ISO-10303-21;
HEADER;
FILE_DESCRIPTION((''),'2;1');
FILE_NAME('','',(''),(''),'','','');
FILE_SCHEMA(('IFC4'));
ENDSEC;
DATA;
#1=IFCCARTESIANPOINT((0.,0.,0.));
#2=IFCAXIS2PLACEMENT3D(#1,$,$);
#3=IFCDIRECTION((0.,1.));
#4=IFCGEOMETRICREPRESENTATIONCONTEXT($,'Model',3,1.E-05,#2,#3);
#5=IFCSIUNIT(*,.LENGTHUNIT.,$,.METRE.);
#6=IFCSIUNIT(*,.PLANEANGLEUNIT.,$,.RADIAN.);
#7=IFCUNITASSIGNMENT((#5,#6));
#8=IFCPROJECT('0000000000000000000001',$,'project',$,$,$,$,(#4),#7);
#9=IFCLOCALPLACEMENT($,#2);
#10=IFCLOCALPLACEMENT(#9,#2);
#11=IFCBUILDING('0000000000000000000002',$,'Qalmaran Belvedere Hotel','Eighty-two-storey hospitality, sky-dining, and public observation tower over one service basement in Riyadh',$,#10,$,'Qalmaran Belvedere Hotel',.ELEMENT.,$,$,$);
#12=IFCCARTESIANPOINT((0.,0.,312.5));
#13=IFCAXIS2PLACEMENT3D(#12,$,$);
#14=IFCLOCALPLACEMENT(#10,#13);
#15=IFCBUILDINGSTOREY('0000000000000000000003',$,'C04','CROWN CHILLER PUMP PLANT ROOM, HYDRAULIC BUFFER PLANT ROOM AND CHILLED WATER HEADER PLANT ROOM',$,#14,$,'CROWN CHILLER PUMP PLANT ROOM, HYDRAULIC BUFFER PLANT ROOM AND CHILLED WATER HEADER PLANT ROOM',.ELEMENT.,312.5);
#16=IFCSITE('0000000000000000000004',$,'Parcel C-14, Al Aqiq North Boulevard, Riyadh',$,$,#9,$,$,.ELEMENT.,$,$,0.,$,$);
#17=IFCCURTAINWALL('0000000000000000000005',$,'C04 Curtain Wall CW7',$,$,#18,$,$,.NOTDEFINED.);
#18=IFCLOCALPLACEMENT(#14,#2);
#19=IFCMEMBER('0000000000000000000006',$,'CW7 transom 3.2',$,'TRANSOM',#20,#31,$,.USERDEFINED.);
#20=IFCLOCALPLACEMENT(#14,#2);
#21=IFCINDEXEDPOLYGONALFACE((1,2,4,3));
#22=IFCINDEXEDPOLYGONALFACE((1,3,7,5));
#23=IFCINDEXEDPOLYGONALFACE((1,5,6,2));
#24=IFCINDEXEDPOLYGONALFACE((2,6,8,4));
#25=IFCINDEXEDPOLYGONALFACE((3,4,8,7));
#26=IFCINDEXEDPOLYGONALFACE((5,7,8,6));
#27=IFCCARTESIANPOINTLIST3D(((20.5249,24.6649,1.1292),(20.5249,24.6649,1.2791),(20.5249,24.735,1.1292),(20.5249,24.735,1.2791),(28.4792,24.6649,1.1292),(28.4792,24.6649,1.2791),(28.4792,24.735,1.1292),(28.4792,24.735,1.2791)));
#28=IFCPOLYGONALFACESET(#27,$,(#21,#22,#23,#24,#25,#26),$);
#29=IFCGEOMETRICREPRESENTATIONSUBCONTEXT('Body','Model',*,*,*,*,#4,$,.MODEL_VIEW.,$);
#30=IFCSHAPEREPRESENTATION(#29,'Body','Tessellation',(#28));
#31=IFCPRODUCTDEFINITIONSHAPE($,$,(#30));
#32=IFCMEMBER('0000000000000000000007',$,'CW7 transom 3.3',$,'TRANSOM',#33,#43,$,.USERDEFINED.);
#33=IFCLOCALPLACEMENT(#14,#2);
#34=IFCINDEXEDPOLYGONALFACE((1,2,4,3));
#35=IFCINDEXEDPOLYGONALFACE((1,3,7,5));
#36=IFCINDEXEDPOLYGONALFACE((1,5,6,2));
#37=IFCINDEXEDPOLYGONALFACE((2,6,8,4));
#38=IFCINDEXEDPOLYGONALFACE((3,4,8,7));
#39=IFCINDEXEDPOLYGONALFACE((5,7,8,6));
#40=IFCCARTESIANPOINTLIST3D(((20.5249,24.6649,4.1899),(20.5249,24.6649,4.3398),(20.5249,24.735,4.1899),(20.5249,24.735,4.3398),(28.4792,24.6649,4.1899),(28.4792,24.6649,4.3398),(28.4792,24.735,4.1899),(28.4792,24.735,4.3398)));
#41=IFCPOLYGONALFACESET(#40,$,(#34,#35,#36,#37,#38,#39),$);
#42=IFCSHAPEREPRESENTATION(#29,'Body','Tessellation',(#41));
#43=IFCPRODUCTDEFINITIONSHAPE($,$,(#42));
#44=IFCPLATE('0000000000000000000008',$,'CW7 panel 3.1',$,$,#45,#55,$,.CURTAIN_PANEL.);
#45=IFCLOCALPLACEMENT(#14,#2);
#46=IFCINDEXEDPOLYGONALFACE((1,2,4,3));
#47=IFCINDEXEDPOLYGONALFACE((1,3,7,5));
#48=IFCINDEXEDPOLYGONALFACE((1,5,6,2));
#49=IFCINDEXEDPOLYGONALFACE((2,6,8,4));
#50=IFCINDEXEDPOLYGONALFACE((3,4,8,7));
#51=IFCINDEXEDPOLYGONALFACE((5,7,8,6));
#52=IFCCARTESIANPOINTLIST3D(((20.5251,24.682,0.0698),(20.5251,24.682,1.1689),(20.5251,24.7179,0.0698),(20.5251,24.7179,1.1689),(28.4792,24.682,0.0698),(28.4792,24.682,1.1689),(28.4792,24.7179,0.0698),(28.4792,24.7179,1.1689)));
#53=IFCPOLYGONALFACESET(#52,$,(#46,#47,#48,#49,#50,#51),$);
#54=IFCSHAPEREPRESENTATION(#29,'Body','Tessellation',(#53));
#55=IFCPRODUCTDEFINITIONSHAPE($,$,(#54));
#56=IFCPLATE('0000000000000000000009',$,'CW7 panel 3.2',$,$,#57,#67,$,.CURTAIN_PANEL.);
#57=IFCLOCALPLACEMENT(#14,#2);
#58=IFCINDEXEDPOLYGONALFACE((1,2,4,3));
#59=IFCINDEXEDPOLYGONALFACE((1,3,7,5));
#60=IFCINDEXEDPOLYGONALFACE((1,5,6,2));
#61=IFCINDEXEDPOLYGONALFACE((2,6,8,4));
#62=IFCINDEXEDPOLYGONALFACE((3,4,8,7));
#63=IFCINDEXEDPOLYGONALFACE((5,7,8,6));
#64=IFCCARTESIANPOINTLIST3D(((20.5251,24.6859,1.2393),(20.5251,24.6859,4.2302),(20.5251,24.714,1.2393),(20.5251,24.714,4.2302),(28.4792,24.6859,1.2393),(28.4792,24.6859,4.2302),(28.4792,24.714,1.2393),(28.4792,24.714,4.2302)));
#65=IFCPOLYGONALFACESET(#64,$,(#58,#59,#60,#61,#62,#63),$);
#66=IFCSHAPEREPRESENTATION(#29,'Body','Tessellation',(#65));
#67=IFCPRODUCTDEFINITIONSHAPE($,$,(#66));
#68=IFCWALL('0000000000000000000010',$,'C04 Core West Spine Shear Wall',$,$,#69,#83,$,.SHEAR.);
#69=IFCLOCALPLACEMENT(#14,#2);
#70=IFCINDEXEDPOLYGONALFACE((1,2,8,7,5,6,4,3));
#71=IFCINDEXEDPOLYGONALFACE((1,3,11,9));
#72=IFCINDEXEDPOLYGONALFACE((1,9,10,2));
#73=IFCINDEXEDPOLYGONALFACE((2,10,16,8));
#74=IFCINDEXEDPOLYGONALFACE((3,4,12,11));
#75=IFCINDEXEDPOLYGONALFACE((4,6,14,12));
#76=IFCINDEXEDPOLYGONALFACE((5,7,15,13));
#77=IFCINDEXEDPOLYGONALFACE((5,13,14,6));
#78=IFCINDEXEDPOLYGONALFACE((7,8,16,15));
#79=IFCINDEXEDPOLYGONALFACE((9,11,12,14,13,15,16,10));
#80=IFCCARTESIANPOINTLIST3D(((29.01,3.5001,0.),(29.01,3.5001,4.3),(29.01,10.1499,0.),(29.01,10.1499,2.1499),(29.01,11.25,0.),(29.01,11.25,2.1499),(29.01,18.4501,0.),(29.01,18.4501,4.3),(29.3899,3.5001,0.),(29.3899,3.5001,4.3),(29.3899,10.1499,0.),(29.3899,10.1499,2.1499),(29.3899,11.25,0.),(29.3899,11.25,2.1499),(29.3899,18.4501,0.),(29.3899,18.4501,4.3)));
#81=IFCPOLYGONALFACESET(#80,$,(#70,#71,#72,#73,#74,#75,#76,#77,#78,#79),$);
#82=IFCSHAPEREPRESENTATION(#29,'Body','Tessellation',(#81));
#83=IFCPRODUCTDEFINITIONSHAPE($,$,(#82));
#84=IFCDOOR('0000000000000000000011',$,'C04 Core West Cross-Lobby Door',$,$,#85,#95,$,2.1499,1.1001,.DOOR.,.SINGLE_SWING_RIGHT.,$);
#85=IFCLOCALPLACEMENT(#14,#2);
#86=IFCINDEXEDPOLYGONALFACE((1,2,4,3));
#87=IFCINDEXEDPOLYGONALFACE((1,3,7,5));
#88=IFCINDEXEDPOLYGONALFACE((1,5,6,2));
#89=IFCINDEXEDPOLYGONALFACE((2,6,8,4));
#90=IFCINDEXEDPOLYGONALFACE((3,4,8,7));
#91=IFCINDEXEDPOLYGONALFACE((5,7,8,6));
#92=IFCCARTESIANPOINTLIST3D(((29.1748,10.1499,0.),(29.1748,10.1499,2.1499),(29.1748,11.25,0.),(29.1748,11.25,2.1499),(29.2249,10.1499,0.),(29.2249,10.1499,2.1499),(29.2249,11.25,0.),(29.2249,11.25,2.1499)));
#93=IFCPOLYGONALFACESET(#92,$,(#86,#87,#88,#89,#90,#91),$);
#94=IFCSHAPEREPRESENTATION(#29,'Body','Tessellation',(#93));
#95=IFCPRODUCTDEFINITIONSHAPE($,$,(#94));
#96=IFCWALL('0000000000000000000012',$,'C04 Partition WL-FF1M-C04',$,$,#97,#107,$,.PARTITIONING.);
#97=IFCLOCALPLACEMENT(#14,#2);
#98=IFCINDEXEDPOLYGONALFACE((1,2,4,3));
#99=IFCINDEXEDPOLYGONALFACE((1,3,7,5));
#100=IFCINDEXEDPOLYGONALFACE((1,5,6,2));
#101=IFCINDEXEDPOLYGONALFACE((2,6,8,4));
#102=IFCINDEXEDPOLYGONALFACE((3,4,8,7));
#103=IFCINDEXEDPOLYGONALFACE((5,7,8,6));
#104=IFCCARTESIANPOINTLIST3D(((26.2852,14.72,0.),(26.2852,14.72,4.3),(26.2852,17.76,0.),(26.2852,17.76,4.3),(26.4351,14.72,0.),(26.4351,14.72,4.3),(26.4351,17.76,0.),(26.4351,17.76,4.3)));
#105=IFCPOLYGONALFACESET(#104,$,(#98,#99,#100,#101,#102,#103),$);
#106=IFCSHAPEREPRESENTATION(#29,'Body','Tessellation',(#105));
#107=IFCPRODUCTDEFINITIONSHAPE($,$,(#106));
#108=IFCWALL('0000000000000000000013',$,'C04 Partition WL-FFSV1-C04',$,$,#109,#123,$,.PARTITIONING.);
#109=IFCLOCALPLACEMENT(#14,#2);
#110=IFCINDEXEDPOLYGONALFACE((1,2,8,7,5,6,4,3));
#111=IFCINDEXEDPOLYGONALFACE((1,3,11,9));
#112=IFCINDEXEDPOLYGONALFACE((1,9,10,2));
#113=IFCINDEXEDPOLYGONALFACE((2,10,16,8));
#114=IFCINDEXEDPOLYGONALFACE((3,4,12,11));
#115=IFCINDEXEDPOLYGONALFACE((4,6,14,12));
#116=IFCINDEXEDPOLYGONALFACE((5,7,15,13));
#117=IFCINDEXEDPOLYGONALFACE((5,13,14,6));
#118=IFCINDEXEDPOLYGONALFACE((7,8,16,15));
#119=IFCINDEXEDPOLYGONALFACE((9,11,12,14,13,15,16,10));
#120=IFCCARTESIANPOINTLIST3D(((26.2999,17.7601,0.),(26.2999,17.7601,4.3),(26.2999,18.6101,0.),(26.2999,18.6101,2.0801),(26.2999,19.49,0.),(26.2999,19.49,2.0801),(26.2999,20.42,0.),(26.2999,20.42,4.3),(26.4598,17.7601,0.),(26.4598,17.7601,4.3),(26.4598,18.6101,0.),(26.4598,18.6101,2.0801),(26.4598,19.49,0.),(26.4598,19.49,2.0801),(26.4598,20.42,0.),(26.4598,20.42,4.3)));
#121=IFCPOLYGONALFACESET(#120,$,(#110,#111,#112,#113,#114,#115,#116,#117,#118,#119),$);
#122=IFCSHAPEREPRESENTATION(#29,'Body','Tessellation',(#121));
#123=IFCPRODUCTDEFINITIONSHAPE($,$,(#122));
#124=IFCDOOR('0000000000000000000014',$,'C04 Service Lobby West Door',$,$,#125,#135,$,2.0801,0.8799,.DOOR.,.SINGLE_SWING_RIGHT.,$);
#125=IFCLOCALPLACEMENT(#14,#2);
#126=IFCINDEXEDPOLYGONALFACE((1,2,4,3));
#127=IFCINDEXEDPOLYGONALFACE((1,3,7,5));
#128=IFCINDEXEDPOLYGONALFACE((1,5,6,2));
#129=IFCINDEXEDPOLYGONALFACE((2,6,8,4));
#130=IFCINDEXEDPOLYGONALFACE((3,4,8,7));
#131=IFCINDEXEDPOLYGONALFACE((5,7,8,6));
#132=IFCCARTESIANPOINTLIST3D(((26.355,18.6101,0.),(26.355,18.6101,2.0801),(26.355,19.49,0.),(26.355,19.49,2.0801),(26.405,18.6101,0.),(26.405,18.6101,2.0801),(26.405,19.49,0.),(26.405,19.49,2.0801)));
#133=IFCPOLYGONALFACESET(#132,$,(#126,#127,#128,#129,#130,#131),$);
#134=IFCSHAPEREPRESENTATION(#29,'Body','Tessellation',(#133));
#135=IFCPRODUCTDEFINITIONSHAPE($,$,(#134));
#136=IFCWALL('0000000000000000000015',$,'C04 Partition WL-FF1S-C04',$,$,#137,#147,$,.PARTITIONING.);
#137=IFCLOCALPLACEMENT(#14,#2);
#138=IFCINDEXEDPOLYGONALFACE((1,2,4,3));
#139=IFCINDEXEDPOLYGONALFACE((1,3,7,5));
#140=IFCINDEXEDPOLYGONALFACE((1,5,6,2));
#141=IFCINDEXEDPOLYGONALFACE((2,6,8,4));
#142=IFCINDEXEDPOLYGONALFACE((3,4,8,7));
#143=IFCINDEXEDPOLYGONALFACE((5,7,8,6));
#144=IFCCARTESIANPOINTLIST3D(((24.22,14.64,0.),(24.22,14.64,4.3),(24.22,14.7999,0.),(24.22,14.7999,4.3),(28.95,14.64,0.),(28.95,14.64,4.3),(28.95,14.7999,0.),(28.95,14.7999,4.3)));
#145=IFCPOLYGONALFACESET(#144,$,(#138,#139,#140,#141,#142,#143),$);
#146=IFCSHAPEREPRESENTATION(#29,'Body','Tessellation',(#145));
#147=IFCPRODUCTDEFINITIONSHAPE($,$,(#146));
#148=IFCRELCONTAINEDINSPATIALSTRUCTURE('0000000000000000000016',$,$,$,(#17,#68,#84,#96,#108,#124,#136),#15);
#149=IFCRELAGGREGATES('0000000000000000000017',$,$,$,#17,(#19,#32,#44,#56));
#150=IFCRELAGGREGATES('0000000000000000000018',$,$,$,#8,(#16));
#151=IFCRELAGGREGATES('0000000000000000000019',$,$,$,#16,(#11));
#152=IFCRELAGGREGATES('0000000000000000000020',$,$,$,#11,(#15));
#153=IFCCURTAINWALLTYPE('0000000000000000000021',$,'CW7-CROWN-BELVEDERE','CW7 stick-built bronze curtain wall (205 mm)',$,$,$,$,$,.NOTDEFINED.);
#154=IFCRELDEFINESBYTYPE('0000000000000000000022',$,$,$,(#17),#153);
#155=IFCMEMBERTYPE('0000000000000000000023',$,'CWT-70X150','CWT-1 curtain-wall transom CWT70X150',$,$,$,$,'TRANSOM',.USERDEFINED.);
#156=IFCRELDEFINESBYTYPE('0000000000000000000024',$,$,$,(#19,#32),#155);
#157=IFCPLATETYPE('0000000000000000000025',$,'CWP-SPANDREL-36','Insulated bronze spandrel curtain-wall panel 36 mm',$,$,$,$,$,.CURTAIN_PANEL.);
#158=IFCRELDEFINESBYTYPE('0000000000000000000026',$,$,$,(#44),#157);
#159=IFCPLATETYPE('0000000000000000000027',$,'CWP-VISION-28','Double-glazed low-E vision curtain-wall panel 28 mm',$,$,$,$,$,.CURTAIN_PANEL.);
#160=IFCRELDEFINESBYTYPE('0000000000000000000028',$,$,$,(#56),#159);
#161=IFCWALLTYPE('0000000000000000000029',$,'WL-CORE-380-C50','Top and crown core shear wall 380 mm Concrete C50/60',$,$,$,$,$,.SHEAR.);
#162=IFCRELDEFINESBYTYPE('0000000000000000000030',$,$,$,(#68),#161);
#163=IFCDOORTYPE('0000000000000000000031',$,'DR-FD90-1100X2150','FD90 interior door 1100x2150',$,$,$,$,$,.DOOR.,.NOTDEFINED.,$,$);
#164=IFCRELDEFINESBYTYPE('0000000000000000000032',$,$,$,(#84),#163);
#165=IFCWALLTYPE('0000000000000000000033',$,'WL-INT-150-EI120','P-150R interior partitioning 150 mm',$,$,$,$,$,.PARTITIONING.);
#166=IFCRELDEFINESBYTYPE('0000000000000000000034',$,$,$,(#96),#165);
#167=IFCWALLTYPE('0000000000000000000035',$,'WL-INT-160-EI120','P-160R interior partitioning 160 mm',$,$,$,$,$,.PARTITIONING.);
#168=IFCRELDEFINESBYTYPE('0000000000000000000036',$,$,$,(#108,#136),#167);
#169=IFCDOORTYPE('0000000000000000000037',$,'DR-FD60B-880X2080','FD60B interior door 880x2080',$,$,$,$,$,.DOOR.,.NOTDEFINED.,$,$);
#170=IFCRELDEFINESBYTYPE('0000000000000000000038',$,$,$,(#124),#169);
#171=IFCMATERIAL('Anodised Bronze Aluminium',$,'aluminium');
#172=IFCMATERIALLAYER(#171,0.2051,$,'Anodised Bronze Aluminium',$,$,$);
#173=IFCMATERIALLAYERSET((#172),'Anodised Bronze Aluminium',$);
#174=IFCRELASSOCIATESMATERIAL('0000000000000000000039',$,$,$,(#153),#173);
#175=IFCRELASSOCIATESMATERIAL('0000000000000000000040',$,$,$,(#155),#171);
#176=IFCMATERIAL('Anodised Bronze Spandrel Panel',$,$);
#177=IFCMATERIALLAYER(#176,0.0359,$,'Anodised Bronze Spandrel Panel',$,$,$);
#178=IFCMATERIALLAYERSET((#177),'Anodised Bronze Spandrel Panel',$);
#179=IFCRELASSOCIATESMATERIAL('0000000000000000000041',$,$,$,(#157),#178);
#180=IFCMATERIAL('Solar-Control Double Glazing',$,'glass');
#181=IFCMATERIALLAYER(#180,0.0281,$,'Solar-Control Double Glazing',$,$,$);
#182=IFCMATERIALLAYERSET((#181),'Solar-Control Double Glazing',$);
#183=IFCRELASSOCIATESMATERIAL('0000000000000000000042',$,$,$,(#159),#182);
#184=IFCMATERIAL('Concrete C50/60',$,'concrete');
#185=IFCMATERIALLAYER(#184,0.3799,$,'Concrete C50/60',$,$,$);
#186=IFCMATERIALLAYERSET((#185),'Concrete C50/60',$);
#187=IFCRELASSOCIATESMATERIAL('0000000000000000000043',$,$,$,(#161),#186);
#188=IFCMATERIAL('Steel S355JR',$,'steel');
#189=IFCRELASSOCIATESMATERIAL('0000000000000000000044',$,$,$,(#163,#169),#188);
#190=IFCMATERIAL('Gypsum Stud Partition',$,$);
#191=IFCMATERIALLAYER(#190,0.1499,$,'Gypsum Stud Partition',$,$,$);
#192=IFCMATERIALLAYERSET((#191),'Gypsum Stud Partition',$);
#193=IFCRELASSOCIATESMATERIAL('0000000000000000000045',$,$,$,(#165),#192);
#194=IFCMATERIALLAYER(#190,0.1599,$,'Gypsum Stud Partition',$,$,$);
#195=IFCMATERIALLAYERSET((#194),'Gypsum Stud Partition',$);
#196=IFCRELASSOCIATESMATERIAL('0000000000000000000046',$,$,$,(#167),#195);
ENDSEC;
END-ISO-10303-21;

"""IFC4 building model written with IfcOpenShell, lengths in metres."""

from ifc_helpers import new_model, si_unit, direction, frame, frame_2d, origin, origin_2d, place, context, subcontext, project, spatial, rectangle, extrude, material, layer, layer_set, material_profile, profile_set, type_object, element, fill, aggregate, save


model = new_model("IFC4")

# Units and contexts
model_context = context("Model", 3, precision=1e-05, world=origin(), true_north=direction((0.0, 1.0)))
body_context = subcontext(model_context, "Body", "Model", "MODEL_VIEW")
ifc_project = project(units=[si_unit("LENGTHUNIT", "METRE"), si_unit("PLANEANGLEUNIT", "RADIAN")], contexts=[model_context])

# Site, building, storey
site_placement = place(None, origin())
site = spatial("IfcSite", under=ifc_project, at=site_placement, Name="Parcel C-14, Al Aqiq North Boulevard, Riyadh", CompositionType="ELEMENT", RefElevation=0.0)
building_placement = place(site_placement, origin())
building = spatial("IfcBuilding", under=site, at=building_placement, Name="Qalmaran Belvedere Hotel", Description="Eighty-two-storey hospitality, sky-dining, and public observation tower over one service basement in Riyadh", LongName="Qalmaran Belvedere Hotel", CompositionType="ELEMENT")
storey_placement = place(building_placement, frame((0.0, 0.0, 312.5)))
storey = spatial("IfcBuildingStorey", under=building, at=storey_placement, Name="C04", Description="CROWN CHILLER PUMP PLANT ROOM, HYDRAULIC BUFFER PLANT ROOM AND CHILLED WATER HEADER PLANT ROOM", LongName="CROWN CHILLER PUMP PLANT ROOM, HYDRAULIC BUFFER PLANT ROOM AND CHILLED WATER HEADER PLANT ROOM", CompositionType="ELEMENT", Elevation=312.5)

# Shared definitions
ifc_material_1 = material(Name="Concrete C50/60", Category="concrete")

# Shared definitions
ifc_material_2 = material(Name="Steel S355JR", Category="steel")

# Curtain wall, members, plates
ifc_material_3 = material(Name="Anodised Bronze Aluminium", Category="aluminium")
ifc_layer_1 = layer(ifc_material_3, 0.2051, Name="Anodised Bronze Aluminium")
ifc_layer_set_1 = layer_set([ifc_layer_1], Name="Anodised Bronze Aluminium")
curtain_wall_type = type_object("IfcCurtainWallType", Name="CW7-CROWN-BELVEDERE", Description="CW7 stick-built bronze curtain wall (205 mm)", PredefinedType="NOTDEFINED", material=ifc_layer_set_1)
curtain_wall_placement = place(storey_placement, origin())
curtain_wall = element("IfcCurtainWall", 1, at=curtain_wall_placement, inside=storey, type_object=curtain_wall_type, Name="C04 Curtain Wall CW7", PredefinedType="NOTDEFINED")
ifc_material_profile_1 = material_profile(ifc_material_3, rectangle(XDim=0.0701, YDim=0.1499, at=origin_2d()), Name="CWT70X150")
ifc_profile_set_1 = profile_set([ifc_material_profile_1], Name="Anodised Bronze Aluminium")
member_type_1 = type_object("IfcMemberType", Name="CWT-70X150", Description="CWT-1 curtain-wall transom CWT70X150", ElementType="TRANSOM", PredefinedType="USERDEFINED", material=ifc_profile_set_1)
member_1_placement = place(storey_placement, frame((28.4792, 24.7, 1.2041), z_axis=(-1.0, 0.0, 0.0), x_axis=(0.0, -1.0, 0.0)))
member_1 = element("IfcMember", 2, at=member_1_placement, type_object=member_type_1, Name="CW7 transom 3.2", ObjectType="TRANSOM", PredefinedType="USERDEFINED", context=body_context, shape_type="SweptSolid", body=[
    extrude(rectangle(XDim=0.0701, YDim=0.1499, at=origin_2d()), origin(), (0.0, 0.0, 1.0), 7.9543),
])
member_2_placement = place(storey_placement, frame((28.4792, 24.7, 4.2649), z_axis=(-1.0, 0.0, 0.0), x_axis=(0.0, -1.0, 0.0)))
member_2 = element("IfcMember", 3, at=member_2_placement, type_object=member_type_1, Name="CW7 transom 3.3", ObjectType="TRANSOM", PredefinedType="USERDEFINED", context=body_context, shape_type="SweptSolid", body=[
    extrude(rectangle(XDim=0.0701, YDim=0.1499, at=origin_2d()), origin(), (0.0, 0.0, 1.0), 7.9543),
])
ifc_material_4 = material(Name="Anodised Bronze Spandrel Panel")
ifc_layer_2 = layer(ifc_material_4, 0.0359, Name="Anodised Bronze Spandrel Panel")
ifc_layer_set_2 = layer_set([ifc_layer_2], Name="Anodised Bronze Spandrel Panel")
plate_type_1 = type_object("IfcPlateType", Name="CWP-SPANDREL-36", Description="Insulated bronze spandrel curtain-wall panel 36 mm", PredefinedType="CURTAIN_PANEL", material=ifc_layer_set_2)
plate_1_placement = place(storey_placement, frame((24.5022, 24.7, 0.0698), z_axis=(0.0, 0.0, 1.0), x_axis=(-1.0, 0.0, 0.0)))
plate_1 = element("IfcPlate", 4, at=plate_1_placement, type_object=plate_type_1, Name="CW7 panel 3.1", PredefinedType="CURTAIN_PANEL", context=body_context, shape_type="SweptSolid", body=[
    extrude(rectangle(XDim=7.9541, YDim=0.0359, at=origin_2d()), origin(), (0.0, 0.0, 1.0), 1.0991),
])
ifc_material_5 = material(Name="Solar-Control Double Glazing", Category="glass")
ifc_layer_3 = layer(ifc_material_5, 0.0281, Name="Solar-Control Double Glazing")
ifc_layer_set_3 = layer_set([ifc_layer_3], Name="Solar-Control Double Glazing")
plate_type_2 = type_object("IfcPlateType", Name="CWP-VISION-28", Description="Double-glazed low-E vision curtain-wall panel 28 mm", PredefinedType="CURTAIN_PANEL", material=ifc_layer_set_3)
plate_2_placement = place(storey_placement, frame((24.5022, 24.7, 1.2393), z_axis=(0.0, 0.0, 1.0), x_axis=(-1.0, 0.0, 0.0)))
plate_2 = element("IfcPlate", 5, at=plate_2_placement, type_object=plate_type_2, Name="CW7 panel 3.2", PredefinedType="CURTAIN_PANEL", context=body_context, shape_type="SweptSolid", body=[
    extrude(rectangle(XDim=7.9541, YDim=0.0281, at=origin_2d()), origin(), (0.0, 0.0, 1.0), 2.991),
])
aggregate(curtain_wall, [member_1, member_2, plate_1, plate_2])

# Wall, opening, door
ifc_layer_4 = layer(ifc_material_1, 0.3799, Name="Concrete C50/60")
ifc_layer_set_4 = layer_set([ifc_layer_4], Name="Concrete C50/60")
wall_type_1 = type_object("IfcWallType", Name="WL-CORE-380-C50", Description="Top and crown core shear wall 380 mm Concrete C50/60", PredefinedType="SHEAR", material=ifc_layer_set_4)
wall_1_placement = place(storey_placement, frame((29.2, 3.5, 0.0), z_axis=(0.0, 0.0, 1.0), x_axis=(0.0, 1.0, 0.0)))
wall_1 = element("IfcWall", 6, at=wall_1_placement, inside=storey, type_object=wall_type_1, Name="C04 Core West Spine Shear Wall", PredefinedType="SHEAR", context=body_context, shape_type="SweptSolid", body=[
    extrude(rectangle(XDim=14.95, YDim=0.3799, at=frame_2d((7.4751, 0.0))), origin(), (0.0, 0.0, 1.0), 4.3),
])
opening_1_placement = place(wall_1_placement, frame((7.75, 0.0, 0.0), z_axis=(0.0, 0.0, 1.0), x_axis=(-1.0, 0.0, 0.0)))
opening_1 = element("IfcOpeningElement", 7, at=opening_1_placement, cuts=wall_1, PredefinedType="OPENING", context=body_context, shape_type="SweptSolid", body=[
    extrude(rectangle(XDim=1.1001, YDim=2.1499, at=frame_2d((0.55, 1.075))), frame((0.0, 0.2, 0.0), z_axis=(0.0, -1.0, 0.0), x_axis=(1.0, 0.0, 0.0)), (0.0, 0.0, 1.0), 0.3999),
])
door_type_1 = type_object("IfcDoorType", Name="DR-FD90-1100X2150", Description="FD90 interior door 1100x2150", OperationType="NOTDEFINED", PredefinedType="DOOR", material=ifc_material_2)
door_1_placement = place(opening_1_placement, origin())
door_1 = element("IfcDoor", 8, at=door_1_placement, inside=storey, type_object=door_type_1, Name="C04 Core West Cross-Lobby Door", OperationType="SINGLE_SWING_RIGHT", OverallHeight=2.1499, OverallWidth=1.1001, PredefinedType="DOOR", context=body_context, shape_type="SweptSolid", body=[
    extrude(rectangle(XDim=1.1001, YDim=2.1499, at=frame_2d((0.55, 1.075))), frame((0.0, 0.0249, 0.0), z_axis=(0.0, -1.0, 0.0), x_axis=(1.0, 0.0, 0.0)), (0.0, 0.0, 1.0), 0.05),
])
fill(opening_1, door_1)

# Wall
ifc_material_6 = material(Name="Gypsum Stud Partition")
ifc_layer_5 = layer(ifc_material_6, 0.1499, Name="Gypsum Stud Partition")
ifc_layer_set_5 = layer_set([ifc_layer_5], Name="Gypsum Stud Partition")
wall_type_2 = type_object("IfcWallType", Name="WL-INT-150-EI120", Description="P-150R interior partitioning 150 mm", PredefinedType="PARTITIONING", material=ifc_layer_set_5)
wall_2_placement = place(storey_placement, frame((26.3601, 14.72, 0.0), z_axis=(0.0, 0.0, 1.0), x_axis=(0.0, 1.0, 0.0)))
element("IfcWall", 9, at=wall_2_placement, inside=storey, type_object=wall_type_2, Name="C04 Partition WL-FF1M-C04", PredefinedType="PARTITIONING", context=body_context, shape_type="SweptSolid", body=[
    extrude(rectangle(XDim=3.04, YDim=0.1499, at=frame_2d((1.52, 0.0))), origin(), (0.0, 0.0, 1.0), 4.3),
])

# Wall, opening, door
ifc_layer_6 = layer(ifc_material_6, 0.1599, Name="Gypsum Stud Partition")
ifc_layer_set_6 = layer_set([ifc_layer_6], Name="Gypsum Stud Partition")
wall_type_3 = type_object("IfcWallType", Name="WL-INT-160-EI120", Description="P-160R interior partitioning 160 mm", PredefinedType="PARTITIONING", material=ifc_layer_set_6)
wall_3_placement = place(storey_placement, frame((26.3799, 17.76, 0.0), z_axis=(0.0, 0.0, 1.0), x_axis=(0.0, 1.0, 0.0)))
wall_3 = element("IfcWall", 10, at=wall_3_placement, inside=storey, type_object=wall_type_3, Name="C04 Partition WL-FFSV1-C04", PredefinedType="PARTITIONING", context=body_context, shape_type="SweptSolid", body=[
    extrude(rectangle(XDim=2.6599, YDim=0.1599, at=frame_2d((1.3301, 0.0))), origin(), (0.0, 0.0, 1.0), 4.3),
])
opening_2_placement = place(wall_3_placement, frame((0.8501, 0.0, 0.0)))
opening_2 = element("IfcOpeningElement", 11, at=opening_2_placement, cuts=wall_3, PredefinedType="OPENING", context=body_context, shape_type="SweptSolid", body=[
    extrude(rectangle(XDim=0.8799, YDim=2.0801, at=frame_2d((0.4399, 1.04))), frame((0.0, 0.0898, 0.0), z_axis=(0.0, -1.0, 0.0), x_axis=(1.0, 0.0, 0.0)), (0.0, 0.0, 1.0), 0.1799),
])
door_type_2 = type_object("IfcDoorType", Name="DR-FD60B-880X2080", Description="FD60B interior door 880x2080", OperationType="NOTDEFINED", PredefinedType="DOOR", material=ifc_material_2)
door_2_placement = place(opening_2_placement, origin())
door_2 = element("IfcDoor", 12, at=door_2_placement, inside=storey, type_object=door_type_2, Name="C04 Service Lobby West Door", OperationType="SINGLE_SWING_RIGHT", OverallHeight=2.0801, OverallWidth=0.8799, PredefinedType="DOOR", context=body_context, shape_type="SweptSolid", body=[
    extrude(rectangle(XDim=0.8799, YDim=2.0801, at=frame_2d((0.4399, 1.04))), frame((0.0, 0.0249, 0.0), z_axis=(0.0, -1.0, 0.0), x_axis=(1.0, 0.0, 0.0)), (0.0, 0.0, 1.0), 0.05),
])
fill(opening_2, door_2)

# Wall
wall_4_placement = place(storey_placement, frame((24.22, 14.72, 0.0), z_axis=(0.0, 0.0, 1.0), x_axis=(1.0, 0.0, 0.0)))
element("IfcWall", 13, at=wall_4_placement, inside=storey, type_object=wall_type_3, Name="C04 Partition WL-FF1S-C04", PredefinedType="PARTITIONING", context=body_context, shape_type="SweptSolid", body=[
    extrude(rectangle(XDim=4.73, YDim=0.1599, at=frame_2d((2.365, 0.0))), origin(), (0.0, 0.0, 1.0), 4.3),
])

save(model, "model.ifc")
